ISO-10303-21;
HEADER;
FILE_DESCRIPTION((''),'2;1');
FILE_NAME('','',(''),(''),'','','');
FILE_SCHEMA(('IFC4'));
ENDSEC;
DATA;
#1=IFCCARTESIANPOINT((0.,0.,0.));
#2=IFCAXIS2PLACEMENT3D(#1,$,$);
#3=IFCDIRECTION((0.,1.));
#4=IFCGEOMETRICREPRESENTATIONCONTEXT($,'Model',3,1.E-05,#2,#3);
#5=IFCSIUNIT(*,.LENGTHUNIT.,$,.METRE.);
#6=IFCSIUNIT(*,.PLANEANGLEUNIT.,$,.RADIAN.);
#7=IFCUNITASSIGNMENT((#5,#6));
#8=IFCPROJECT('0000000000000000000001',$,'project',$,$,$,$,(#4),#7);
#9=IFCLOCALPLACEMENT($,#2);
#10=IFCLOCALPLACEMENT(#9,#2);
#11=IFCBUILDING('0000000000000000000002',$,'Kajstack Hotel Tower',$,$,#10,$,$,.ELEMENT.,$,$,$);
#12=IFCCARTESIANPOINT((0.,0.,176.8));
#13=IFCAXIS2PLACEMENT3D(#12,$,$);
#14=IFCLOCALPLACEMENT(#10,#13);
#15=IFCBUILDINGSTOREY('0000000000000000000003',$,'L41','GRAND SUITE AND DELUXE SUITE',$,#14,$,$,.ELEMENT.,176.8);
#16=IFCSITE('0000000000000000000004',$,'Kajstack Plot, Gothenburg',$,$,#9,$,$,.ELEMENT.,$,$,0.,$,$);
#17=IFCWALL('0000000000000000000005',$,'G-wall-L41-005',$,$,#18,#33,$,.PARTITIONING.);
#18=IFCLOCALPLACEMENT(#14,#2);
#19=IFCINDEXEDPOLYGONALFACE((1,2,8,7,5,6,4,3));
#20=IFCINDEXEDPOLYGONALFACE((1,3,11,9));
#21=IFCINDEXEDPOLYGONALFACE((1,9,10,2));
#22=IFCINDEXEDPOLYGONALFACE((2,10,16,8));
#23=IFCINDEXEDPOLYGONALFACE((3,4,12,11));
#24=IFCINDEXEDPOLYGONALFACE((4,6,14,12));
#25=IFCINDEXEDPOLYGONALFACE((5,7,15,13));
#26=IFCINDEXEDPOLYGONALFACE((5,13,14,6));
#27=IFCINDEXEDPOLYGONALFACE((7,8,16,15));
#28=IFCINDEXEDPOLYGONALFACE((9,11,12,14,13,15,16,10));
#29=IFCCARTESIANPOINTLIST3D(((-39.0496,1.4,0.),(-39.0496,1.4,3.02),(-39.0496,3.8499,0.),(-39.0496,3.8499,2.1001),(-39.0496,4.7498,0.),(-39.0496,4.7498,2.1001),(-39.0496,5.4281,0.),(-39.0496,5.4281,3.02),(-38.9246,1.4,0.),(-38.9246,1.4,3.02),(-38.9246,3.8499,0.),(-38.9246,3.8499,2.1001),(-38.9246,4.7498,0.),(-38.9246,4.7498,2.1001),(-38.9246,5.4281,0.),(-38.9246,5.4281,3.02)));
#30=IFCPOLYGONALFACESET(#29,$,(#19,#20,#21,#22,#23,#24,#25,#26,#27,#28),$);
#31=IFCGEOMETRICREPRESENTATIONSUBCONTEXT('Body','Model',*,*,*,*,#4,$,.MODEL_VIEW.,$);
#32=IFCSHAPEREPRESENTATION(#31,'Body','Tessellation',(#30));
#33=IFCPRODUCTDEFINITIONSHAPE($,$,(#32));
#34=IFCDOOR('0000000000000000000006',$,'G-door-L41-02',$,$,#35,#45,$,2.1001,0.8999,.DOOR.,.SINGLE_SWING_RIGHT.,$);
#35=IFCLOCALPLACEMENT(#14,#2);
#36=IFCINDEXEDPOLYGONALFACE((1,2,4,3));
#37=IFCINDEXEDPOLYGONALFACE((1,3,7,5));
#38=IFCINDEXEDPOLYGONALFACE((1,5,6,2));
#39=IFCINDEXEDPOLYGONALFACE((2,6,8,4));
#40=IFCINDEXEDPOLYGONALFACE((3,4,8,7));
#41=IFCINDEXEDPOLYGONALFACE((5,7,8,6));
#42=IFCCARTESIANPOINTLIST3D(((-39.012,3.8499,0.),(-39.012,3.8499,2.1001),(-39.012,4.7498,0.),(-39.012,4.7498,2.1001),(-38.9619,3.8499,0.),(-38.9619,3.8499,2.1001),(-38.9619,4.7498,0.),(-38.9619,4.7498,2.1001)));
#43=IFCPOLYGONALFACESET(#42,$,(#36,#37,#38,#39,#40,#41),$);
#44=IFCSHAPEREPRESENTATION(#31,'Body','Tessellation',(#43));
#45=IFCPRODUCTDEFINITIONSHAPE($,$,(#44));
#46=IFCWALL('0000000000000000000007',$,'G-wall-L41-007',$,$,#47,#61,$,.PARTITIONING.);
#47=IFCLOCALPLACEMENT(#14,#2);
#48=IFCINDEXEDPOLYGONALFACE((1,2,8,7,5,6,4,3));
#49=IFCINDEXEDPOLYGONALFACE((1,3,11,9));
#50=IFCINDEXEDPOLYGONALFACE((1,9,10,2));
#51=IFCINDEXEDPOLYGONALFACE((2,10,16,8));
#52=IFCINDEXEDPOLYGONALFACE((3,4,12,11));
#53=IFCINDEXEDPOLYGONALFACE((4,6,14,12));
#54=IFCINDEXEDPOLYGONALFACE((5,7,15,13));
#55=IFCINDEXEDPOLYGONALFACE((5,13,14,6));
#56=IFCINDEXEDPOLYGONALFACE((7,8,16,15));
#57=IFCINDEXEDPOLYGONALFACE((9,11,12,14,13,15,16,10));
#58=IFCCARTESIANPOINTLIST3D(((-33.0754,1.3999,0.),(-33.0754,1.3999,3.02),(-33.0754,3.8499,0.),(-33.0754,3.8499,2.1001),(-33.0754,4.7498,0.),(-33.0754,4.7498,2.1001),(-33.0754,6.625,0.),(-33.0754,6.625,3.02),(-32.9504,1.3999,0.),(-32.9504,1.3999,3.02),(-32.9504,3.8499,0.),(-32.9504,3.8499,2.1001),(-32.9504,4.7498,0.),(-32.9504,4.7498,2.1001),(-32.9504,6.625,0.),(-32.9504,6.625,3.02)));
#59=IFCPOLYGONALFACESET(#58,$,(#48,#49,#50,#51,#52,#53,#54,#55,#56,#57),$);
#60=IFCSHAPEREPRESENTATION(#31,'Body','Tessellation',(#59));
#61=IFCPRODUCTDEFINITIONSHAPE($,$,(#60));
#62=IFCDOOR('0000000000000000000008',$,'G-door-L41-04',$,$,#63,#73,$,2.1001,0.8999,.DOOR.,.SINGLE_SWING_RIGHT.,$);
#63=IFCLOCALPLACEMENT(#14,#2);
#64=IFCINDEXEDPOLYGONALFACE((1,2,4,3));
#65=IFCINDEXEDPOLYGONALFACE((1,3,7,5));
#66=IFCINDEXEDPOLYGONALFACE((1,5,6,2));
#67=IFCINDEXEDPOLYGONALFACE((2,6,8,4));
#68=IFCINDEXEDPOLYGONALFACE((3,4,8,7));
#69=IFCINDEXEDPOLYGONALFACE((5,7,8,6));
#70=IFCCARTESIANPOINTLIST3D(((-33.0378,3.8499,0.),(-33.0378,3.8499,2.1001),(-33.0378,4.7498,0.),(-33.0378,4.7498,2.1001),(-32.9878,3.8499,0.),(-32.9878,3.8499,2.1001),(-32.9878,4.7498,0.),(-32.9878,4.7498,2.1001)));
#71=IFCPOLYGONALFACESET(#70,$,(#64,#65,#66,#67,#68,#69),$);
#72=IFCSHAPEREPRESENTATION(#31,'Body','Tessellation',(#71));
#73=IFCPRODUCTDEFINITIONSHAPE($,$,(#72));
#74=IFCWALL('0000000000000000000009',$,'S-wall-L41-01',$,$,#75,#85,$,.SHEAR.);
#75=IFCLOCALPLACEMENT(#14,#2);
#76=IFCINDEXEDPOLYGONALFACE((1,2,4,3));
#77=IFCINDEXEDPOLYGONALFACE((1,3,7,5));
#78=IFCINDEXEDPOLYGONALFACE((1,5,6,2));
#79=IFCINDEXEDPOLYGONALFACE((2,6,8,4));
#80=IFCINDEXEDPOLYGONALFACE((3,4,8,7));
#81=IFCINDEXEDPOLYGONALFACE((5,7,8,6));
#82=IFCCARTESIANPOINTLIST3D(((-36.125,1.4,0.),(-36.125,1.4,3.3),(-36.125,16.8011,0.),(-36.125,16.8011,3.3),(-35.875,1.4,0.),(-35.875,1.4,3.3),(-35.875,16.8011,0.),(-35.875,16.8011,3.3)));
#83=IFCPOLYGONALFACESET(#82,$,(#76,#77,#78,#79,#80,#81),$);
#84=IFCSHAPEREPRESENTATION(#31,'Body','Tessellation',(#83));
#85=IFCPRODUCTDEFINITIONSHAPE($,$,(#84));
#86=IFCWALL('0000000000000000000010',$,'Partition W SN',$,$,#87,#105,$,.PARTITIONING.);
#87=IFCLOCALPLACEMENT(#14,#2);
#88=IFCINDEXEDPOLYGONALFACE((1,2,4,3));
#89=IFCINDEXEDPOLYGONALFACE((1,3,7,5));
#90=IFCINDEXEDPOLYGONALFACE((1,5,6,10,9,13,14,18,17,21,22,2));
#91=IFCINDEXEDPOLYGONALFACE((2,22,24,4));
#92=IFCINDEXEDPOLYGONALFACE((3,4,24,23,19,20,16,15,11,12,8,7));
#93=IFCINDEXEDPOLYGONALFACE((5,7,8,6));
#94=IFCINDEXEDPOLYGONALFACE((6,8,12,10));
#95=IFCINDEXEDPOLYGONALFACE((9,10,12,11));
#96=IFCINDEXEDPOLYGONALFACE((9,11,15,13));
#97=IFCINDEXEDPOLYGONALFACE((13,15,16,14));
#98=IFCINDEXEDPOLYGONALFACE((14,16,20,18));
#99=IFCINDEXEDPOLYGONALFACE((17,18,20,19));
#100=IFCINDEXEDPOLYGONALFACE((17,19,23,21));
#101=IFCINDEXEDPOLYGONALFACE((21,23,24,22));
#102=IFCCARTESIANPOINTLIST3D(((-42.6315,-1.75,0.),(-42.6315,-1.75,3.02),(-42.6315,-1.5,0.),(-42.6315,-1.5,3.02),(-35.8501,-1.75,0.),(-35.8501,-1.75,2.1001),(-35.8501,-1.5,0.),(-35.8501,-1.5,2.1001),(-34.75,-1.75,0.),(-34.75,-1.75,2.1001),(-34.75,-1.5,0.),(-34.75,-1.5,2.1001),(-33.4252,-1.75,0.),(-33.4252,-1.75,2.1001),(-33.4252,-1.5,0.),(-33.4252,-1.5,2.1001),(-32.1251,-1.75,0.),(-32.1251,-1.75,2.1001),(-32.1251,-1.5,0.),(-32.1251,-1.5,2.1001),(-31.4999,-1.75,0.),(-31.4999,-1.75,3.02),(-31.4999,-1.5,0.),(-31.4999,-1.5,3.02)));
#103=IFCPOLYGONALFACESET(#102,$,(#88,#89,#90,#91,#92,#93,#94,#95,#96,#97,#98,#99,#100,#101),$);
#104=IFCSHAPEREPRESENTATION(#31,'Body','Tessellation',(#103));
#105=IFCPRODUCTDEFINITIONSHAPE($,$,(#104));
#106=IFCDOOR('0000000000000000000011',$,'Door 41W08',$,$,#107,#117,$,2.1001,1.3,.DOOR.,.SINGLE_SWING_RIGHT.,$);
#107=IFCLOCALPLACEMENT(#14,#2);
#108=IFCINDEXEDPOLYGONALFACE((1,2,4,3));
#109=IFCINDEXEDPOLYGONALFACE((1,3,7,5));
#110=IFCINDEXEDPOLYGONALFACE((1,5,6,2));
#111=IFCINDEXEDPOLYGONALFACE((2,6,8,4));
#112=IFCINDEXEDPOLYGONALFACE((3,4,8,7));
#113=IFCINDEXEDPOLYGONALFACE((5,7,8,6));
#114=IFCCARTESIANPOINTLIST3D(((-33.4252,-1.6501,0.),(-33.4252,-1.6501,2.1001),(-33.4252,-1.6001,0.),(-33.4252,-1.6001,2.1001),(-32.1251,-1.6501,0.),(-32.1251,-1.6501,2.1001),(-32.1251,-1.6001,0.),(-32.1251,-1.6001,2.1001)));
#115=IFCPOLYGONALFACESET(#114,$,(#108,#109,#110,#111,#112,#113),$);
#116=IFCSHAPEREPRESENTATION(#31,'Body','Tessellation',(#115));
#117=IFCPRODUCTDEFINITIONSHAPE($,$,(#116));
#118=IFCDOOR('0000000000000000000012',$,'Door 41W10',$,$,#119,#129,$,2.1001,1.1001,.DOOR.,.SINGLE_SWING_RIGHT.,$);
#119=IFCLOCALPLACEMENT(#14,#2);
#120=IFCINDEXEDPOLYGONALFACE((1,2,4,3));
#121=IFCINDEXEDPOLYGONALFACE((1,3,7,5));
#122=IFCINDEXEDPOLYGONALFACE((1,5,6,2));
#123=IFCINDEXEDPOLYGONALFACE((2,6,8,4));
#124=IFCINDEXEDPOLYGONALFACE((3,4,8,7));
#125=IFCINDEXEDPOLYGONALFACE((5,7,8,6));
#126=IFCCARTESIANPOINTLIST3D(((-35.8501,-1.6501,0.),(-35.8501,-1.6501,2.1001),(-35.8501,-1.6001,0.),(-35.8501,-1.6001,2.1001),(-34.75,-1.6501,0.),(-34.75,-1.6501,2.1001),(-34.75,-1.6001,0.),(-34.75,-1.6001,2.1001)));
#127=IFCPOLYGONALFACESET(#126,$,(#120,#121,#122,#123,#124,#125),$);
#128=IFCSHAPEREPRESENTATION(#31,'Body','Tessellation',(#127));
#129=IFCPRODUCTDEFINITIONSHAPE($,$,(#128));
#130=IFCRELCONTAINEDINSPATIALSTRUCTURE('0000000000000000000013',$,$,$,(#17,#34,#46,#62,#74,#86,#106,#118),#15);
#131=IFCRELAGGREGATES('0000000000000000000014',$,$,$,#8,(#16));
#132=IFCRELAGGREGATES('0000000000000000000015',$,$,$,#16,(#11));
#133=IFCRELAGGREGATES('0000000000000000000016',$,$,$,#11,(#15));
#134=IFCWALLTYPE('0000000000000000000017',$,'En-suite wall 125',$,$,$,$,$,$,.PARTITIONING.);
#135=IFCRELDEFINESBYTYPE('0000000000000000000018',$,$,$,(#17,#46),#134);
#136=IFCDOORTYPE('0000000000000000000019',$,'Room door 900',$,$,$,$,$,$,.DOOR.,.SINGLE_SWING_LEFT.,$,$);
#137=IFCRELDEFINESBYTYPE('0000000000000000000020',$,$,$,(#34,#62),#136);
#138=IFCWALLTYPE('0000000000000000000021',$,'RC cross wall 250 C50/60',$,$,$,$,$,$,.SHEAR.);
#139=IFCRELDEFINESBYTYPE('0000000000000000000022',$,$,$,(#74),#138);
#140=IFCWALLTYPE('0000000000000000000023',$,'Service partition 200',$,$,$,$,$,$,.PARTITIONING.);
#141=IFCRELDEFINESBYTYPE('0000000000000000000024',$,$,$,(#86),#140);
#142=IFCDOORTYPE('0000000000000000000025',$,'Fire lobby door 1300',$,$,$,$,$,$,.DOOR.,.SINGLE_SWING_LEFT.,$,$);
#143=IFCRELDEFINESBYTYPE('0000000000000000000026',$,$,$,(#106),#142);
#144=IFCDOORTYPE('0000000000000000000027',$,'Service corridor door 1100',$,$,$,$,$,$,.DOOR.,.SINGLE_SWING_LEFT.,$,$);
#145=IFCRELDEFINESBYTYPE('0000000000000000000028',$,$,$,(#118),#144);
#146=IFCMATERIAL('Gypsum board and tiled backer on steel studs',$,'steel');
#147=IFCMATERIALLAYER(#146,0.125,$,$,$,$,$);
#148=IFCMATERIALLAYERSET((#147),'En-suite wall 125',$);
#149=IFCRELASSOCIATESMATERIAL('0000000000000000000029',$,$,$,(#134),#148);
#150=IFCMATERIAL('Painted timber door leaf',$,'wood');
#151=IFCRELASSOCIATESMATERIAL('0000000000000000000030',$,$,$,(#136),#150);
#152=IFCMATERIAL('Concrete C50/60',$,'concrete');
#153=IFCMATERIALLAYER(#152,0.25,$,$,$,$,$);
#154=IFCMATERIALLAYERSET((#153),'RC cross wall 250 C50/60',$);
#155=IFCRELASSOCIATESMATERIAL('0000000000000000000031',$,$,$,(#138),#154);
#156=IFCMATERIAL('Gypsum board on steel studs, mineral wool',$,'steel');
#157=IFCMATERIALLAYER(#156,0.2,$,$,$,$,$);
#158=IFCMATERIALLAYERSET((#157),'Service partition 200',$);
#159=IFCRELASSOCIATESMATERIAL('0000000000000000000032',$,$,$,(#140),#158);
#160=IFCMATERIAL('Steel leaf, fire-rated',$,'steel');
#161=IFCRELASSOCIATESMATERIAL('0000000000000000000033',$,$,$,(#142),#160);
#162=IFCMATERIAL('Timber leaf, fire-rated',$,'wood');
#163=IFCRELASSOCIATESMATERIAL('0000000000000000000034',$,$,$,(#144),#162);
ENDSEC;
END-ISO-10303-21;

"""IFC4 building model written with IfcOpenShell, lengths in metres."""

from ifc_helpers import new_model, si_unit, direction, frame, frame_2d, origin, place, context, subcontext, project, spatial, rectangle, extrude, material, layer, layer_set, type_object, element, fill, save


model = new_model("IFC4")

# Units and contexts
model_context = context("Model", 3, precision=1e-05, world=origin(), true_north=direction((0.0, 1.0)))
body_context = subcontext(model_context, "Body", "Model", "MODEL_VIEW")
ifc_project = project(units=[si_unit("LENGTHUNIT", "METRE"), si_unit("PLANEANGLEUNIT", "RADIAN")], contexts=[model_context])

# Site, building, storey
site_placement = place(None, origin())
site = spatial("IfcSite", under=ifc_project, at=site_placement, Name="Kajstack Plot, Gothenburg", CompositionType="ELEMENT", RefElevation=0.0)
building_placement = place(site_placement, origin())
building = spatial("IfcBuilding", under=site, at=building_placement, Name="Kajstack Hotel Tower", CompositionType="ELEMENT")
storey_placement = place(building_placement, frame((0.0, 0.0, 176.8)))
storey = spatial("IfcBuildingStorey", under=building, at=storey_placement, Name="L41", Description="GRAND SUITE AND DELUXE SUITE", CompositionType="ELEMENT", Elevation=176.8)

# Shared definitions
ifc_material_1 = material(Name="Gypsum board on steel studs, mineral wool", Category="steel")

# Walls, openings, doors
ifc_material_2 = material(Name="Gypsum board and tiled backer on steel studs", Category="steel")
ifc_layer_1 = layer(ifc_material_2, 0.125)
ifc_layer_set_1 = layer_set([ifc_layer_1], Name="En-suite wall 125")
wall_type_1 = type_object("IfcWallType", Name="En-suite wall 125", PredefinedType="PARTITIONING", material=ifc_layer_set_1)
wall_1_placement = place(storey_placement, frame((-38.9871, 1.3999, 0.0), z_axis=(0.0, 0.0, 1.0), x_axis=(0.0, 1.0, 0.0)))
wall_1 = element("IfcWall", 1, at=wall_1_placement, inside=storey, type_object=wall_type_1, Name="G-wall-L41-005", PredefinedType="PARTITIONING", context=body_context, shape_type="SweptSolid", body=[
    extrude(rectangle(XDim=4.0281, YDim=0.125, at=frame_2d((2.0142, 0.0))), origin(), (0.0, 0.0, 1.0), 3.02),
])
opening_1_placement = place(wall_1_placement, frame((2.45, 0.0, 0.0)))
opening_1 = element("IfcOpeningElement", 2, at=opening_1_placement, cuts=wall_1, PredefinedType="OPENING", context=body_context, shape_type="SweptSolid", body=[
    extrude(rectangle(XDim=0.8999, YDim=2.1001, at=frame_2d((0.45, 1.05))), frame((0.0, 0.0725, 0.0), z_axis=(0.0, -1.0, 0.0), x_axis=(1.0, 0.0, 0.0)), (0.0, 0.0, 1.0), 0.145),
])
ifc_material_3 = material(Name="Painted timber door leaf", Category="wood")
door_type_1 = type_object("IfcDoorType", Name="Room door 900", OperationType="SINGLE_SWING_LEFT", PredefinedType="DOOR", material=ifc_material_3)
door_1_placement = place(opening_1_placement, origin())
door_1 = element("IfcDoor", 3, at=door_1_placement, inside=storey, type_object=door_type_1, Name="G-door-L41-02", OperationType="SINGLE_SWING_RIGHT", OverallHeight=2.1001, OverallWidth=0.8999, PredefinedType="DOOR", context=body_context, shape_type="SweptSolid", body=[
    extrude(rectangle(XDim=0.8999, YDim=2.1001, at=frame_2d((0.45, 1.05))), frame((0.0, 0.0249, 0.0), z_axis=(0.0, -1.0, 0.0), x_axis=(1.0, 0.0, 0.0)), (0.0, 0.0, 1.0), 0.05),
])
fill(opening_1, door_1)
wall_2_placement = place(storey_placement, frame((-33.0129, 1.3999, 0.0), z_axis=(0.0, 0.0, 1.0), x_axis=(0.0, 1.0, 0.0)))
wall_2 = element("IfcWall", 4, at=wall_2_placement, inside=storey, type_object=wall_type_1, Name="G-wall-L41-007", PredefinedType="PARTITIONING", context=body_context, shape_type="SweptSolid", body=[
    extrude(rectangle(XDim=5.2251, YDim=0.125, at=frame_2d((2.6125, 0.0))), origin(), (0.0, 0.0, 1.0), 3.02),
])
opening_2_placement = place(wall_2_placement, frame((2.45, 0.0, 0.0)))
opening_2 = element("IfcOpeningElement", 5, at=opening_2_placement, cuts=wall_2, PredefinedType="OPENING", context=body_context, shape_type="SweptSolid", body=[
    extrude(rectangle(XDim=0.8999, YDim=2.1001, at=frame_2d((0.45, 1.05))), frame((0.0, 0.0725, 0.0), z_axis=(0.0, -1.0, 0.0), x_axis=(1.0, 0.0, 0.0)), (0.0, 0.0, 1.0), 0.145),
])
door_2_placement = place(opening_2_placement, origin())
door_2 = element("IfcDoor", 6, at=door_2_placement, inside=storey, type_object=door_type_1, Name="G-door-L41-04", OperationType="SINGLE_SWING_RIGHT", OverallHeight=2.1001, OverallWidth=0.8999, PredefinedType="DOOR", context=body_context, shape_type="SweptSolid", body=[
    extrude(rectangle(XDim=0.8999, YDim=2.1001, at=frame_2d((0.45, 1.05))), frame((0.0, 0.0249, 0.0), z_axis=(0.0, -1.0, 0.0), x_axis=(1.0, 0.0, 0.0)), (0.0, 0.0, 1.0), 0.05),
])
fill(opening_2, door_2)

# Wall
ifc_material_4 = material(Name="Concrete C50/60", Category="concrete")
ifc_layer_2 = layer(ifc_material_4, 0.25)
ifc_layer_set_2 = layer_set([ifc_layer_2], Name="RC cross wall 250 C50/60")
wall_type_2 = type_object("IfcWallType", Name="RC cross wall 250 C50/60", PredefinedType="SHEAR", material=ifc_layer_set_2)
wall_3_placement = place(storey_placement, frame((-36.0, 1.3999, 0.0), z_axis=(0.0, 0.0, 1.0), x_axis=(0.0, 1.0, 0.0)))
element("IfcWall", 7, at=wall_3_placement, inside=storey, type_object=wall_type_2, Name="S-wall-L41-01", PredefinedType="SHEAR", context=body_context, shape_type="SweptSolid", body=[
    extrude(rectangle(XDim=15.4011, YDim=0.25, at=frame_2d((7.7007, 0.0))), origin(), (0.0, 0.0, 1.0), 3.3),
])

# Wall, openings, doors
ifc_layer_3 = layer(ifc_material_1, 0.2)
ifc_layer_set_3 = layer_set([ifc_layer_3], Name="Service partition 200")
wall_type_3 = type_object("IfcWallType", Name="Service partition 200", PredefinedType="PARTITIONING", material=ifc_layer_set_3)
wall_4_placement = place(storey_placement, frame((-42.6316, -1.625, 0.0), z_axis=(0.0, 0.0, 1.0), x_axis=(1.0, 0.0, 0.0)))
wall_4 = element("IfcWall", 8, at=wall_4_placement, inside=storey, type_object=wall_type_3, Name="Partition W SN", PredefinedType="PARTITIONING", context=body_context, shape_type="SweptSolid", body=[
    extrude(rectangle(XDim=11.1316, YDim=0.25, at=frame_2d((5.5659, 0.0))), origin(), (0.0, 0.0, 1.0), 3.02),
])
opening_3_placement = place(wall_4_placement, frame((9.2065, 0.0, 0.0)))
opening_3 = element("IfcOpeningElement", 9, at=opening_3_placement, cuts=wall_4, PredefinedType="OPENING", context=body_context, shape_type="SweptSolid", body=[
    extrude(rectangle(XDim=1.3, YDim=2.1001, at=frame_2d((0.6499, 1.05))), frame((0.0, 0.135, 0.0), z_axis=(0.0, -1.0, 0.0), x_axis=(1.0, 0.0, 0.0)), (0.0, 0.0, 1.0), 0.27),
])
opening_4_placement = place(wall_4_placement, frame((6.7815, 0.0, 0.0)))
opening_4 = element("IfcOpeningElement", 10, at=opening_4_placement, cuts=wall_4, PredefinedType="OPENING", context=body_context, shape_type="SweptSolid", body=[
    extrude(rectangle(XDim=1.1001, YDim=2.1001, at=frame_2d((0.55, 1.05))), frame((0.0, 0.135, 0.0), z_axis=(0.0, -1.0, 0.0), x_axis=(1.0, 0.0, 0.0)), (0.0, 0.0, 1.0), 0.27),
])
ifc_material_5 = material(Name="Steel leaf, fire-rated", Category="steel")
door_type_2 = type_object("IfcDoorType", Name="Fire lobby door 1300", OperationType="SINGLE_SWING_LEFT", PredefinedType="DOOR", material=ifc_material_5)
door_3_placement = place(opening_3_placement, origin())
door_3 = element("IfcDoor", 11, at=door_3_placement, inside=storey, type_object=door_type_2, Name="Door 41W08", OperationType="SINGLE_SWING_RIGHT", OverallHeight=2.1001, OverallWidth=1.3, PredefinedType="DOOR", context=body_context, shape_type="SweptSolid", body=[
    extrude(rectangle(XDim=1.3, YDim=2.1001, at=frame_2d((0.6499, 1.05))), frame((0.0, 0.0249, 0.0), z_axis=(0.0, -1.0, 0.0), x_axis=(1.0, 0.0, 0.0)), (0.0, 0.0, 1.0), 0.05),
])
fill(opening_3, door_3)
ifc_material_6 = material(Name="Timber leaf, fire-rated", Category="wood")
door_type_3 = type_object("IfcDoorType", Name="Service corridor door 1100", OperationType="SINGLE_SWING_LEFT", PredefinedType="DOOR", material=ifc_material_6)
door_4_placement = place(opening_4_placement, origin())
door_4 = element("IfcDoor", 12, at=door_4_placement, inside=storey, type_object=door_type_3, Name="Door 41W10", OperationType="SINGLE_SWING_RIGHT", OverallHeight=2.1001, OverallWidth=1.1001, PredefinedType="DOOR", context=body_context, shape_type="SweptSolid", body=[
    extrude(rectangle(XDim=1.1001, YDim=2.1001, at=frame_2d((0.55, 1.05))), frame((0.0, 0.0249, 0.0), z_axis=(0.0, -1.0, 0.0), x_axis=(1.0, 0.0, 0.0)), (0.0, 0.0, 1.0), 0.05),
])
fill(opening_4, door_4)

save(model, "model.ifc")
